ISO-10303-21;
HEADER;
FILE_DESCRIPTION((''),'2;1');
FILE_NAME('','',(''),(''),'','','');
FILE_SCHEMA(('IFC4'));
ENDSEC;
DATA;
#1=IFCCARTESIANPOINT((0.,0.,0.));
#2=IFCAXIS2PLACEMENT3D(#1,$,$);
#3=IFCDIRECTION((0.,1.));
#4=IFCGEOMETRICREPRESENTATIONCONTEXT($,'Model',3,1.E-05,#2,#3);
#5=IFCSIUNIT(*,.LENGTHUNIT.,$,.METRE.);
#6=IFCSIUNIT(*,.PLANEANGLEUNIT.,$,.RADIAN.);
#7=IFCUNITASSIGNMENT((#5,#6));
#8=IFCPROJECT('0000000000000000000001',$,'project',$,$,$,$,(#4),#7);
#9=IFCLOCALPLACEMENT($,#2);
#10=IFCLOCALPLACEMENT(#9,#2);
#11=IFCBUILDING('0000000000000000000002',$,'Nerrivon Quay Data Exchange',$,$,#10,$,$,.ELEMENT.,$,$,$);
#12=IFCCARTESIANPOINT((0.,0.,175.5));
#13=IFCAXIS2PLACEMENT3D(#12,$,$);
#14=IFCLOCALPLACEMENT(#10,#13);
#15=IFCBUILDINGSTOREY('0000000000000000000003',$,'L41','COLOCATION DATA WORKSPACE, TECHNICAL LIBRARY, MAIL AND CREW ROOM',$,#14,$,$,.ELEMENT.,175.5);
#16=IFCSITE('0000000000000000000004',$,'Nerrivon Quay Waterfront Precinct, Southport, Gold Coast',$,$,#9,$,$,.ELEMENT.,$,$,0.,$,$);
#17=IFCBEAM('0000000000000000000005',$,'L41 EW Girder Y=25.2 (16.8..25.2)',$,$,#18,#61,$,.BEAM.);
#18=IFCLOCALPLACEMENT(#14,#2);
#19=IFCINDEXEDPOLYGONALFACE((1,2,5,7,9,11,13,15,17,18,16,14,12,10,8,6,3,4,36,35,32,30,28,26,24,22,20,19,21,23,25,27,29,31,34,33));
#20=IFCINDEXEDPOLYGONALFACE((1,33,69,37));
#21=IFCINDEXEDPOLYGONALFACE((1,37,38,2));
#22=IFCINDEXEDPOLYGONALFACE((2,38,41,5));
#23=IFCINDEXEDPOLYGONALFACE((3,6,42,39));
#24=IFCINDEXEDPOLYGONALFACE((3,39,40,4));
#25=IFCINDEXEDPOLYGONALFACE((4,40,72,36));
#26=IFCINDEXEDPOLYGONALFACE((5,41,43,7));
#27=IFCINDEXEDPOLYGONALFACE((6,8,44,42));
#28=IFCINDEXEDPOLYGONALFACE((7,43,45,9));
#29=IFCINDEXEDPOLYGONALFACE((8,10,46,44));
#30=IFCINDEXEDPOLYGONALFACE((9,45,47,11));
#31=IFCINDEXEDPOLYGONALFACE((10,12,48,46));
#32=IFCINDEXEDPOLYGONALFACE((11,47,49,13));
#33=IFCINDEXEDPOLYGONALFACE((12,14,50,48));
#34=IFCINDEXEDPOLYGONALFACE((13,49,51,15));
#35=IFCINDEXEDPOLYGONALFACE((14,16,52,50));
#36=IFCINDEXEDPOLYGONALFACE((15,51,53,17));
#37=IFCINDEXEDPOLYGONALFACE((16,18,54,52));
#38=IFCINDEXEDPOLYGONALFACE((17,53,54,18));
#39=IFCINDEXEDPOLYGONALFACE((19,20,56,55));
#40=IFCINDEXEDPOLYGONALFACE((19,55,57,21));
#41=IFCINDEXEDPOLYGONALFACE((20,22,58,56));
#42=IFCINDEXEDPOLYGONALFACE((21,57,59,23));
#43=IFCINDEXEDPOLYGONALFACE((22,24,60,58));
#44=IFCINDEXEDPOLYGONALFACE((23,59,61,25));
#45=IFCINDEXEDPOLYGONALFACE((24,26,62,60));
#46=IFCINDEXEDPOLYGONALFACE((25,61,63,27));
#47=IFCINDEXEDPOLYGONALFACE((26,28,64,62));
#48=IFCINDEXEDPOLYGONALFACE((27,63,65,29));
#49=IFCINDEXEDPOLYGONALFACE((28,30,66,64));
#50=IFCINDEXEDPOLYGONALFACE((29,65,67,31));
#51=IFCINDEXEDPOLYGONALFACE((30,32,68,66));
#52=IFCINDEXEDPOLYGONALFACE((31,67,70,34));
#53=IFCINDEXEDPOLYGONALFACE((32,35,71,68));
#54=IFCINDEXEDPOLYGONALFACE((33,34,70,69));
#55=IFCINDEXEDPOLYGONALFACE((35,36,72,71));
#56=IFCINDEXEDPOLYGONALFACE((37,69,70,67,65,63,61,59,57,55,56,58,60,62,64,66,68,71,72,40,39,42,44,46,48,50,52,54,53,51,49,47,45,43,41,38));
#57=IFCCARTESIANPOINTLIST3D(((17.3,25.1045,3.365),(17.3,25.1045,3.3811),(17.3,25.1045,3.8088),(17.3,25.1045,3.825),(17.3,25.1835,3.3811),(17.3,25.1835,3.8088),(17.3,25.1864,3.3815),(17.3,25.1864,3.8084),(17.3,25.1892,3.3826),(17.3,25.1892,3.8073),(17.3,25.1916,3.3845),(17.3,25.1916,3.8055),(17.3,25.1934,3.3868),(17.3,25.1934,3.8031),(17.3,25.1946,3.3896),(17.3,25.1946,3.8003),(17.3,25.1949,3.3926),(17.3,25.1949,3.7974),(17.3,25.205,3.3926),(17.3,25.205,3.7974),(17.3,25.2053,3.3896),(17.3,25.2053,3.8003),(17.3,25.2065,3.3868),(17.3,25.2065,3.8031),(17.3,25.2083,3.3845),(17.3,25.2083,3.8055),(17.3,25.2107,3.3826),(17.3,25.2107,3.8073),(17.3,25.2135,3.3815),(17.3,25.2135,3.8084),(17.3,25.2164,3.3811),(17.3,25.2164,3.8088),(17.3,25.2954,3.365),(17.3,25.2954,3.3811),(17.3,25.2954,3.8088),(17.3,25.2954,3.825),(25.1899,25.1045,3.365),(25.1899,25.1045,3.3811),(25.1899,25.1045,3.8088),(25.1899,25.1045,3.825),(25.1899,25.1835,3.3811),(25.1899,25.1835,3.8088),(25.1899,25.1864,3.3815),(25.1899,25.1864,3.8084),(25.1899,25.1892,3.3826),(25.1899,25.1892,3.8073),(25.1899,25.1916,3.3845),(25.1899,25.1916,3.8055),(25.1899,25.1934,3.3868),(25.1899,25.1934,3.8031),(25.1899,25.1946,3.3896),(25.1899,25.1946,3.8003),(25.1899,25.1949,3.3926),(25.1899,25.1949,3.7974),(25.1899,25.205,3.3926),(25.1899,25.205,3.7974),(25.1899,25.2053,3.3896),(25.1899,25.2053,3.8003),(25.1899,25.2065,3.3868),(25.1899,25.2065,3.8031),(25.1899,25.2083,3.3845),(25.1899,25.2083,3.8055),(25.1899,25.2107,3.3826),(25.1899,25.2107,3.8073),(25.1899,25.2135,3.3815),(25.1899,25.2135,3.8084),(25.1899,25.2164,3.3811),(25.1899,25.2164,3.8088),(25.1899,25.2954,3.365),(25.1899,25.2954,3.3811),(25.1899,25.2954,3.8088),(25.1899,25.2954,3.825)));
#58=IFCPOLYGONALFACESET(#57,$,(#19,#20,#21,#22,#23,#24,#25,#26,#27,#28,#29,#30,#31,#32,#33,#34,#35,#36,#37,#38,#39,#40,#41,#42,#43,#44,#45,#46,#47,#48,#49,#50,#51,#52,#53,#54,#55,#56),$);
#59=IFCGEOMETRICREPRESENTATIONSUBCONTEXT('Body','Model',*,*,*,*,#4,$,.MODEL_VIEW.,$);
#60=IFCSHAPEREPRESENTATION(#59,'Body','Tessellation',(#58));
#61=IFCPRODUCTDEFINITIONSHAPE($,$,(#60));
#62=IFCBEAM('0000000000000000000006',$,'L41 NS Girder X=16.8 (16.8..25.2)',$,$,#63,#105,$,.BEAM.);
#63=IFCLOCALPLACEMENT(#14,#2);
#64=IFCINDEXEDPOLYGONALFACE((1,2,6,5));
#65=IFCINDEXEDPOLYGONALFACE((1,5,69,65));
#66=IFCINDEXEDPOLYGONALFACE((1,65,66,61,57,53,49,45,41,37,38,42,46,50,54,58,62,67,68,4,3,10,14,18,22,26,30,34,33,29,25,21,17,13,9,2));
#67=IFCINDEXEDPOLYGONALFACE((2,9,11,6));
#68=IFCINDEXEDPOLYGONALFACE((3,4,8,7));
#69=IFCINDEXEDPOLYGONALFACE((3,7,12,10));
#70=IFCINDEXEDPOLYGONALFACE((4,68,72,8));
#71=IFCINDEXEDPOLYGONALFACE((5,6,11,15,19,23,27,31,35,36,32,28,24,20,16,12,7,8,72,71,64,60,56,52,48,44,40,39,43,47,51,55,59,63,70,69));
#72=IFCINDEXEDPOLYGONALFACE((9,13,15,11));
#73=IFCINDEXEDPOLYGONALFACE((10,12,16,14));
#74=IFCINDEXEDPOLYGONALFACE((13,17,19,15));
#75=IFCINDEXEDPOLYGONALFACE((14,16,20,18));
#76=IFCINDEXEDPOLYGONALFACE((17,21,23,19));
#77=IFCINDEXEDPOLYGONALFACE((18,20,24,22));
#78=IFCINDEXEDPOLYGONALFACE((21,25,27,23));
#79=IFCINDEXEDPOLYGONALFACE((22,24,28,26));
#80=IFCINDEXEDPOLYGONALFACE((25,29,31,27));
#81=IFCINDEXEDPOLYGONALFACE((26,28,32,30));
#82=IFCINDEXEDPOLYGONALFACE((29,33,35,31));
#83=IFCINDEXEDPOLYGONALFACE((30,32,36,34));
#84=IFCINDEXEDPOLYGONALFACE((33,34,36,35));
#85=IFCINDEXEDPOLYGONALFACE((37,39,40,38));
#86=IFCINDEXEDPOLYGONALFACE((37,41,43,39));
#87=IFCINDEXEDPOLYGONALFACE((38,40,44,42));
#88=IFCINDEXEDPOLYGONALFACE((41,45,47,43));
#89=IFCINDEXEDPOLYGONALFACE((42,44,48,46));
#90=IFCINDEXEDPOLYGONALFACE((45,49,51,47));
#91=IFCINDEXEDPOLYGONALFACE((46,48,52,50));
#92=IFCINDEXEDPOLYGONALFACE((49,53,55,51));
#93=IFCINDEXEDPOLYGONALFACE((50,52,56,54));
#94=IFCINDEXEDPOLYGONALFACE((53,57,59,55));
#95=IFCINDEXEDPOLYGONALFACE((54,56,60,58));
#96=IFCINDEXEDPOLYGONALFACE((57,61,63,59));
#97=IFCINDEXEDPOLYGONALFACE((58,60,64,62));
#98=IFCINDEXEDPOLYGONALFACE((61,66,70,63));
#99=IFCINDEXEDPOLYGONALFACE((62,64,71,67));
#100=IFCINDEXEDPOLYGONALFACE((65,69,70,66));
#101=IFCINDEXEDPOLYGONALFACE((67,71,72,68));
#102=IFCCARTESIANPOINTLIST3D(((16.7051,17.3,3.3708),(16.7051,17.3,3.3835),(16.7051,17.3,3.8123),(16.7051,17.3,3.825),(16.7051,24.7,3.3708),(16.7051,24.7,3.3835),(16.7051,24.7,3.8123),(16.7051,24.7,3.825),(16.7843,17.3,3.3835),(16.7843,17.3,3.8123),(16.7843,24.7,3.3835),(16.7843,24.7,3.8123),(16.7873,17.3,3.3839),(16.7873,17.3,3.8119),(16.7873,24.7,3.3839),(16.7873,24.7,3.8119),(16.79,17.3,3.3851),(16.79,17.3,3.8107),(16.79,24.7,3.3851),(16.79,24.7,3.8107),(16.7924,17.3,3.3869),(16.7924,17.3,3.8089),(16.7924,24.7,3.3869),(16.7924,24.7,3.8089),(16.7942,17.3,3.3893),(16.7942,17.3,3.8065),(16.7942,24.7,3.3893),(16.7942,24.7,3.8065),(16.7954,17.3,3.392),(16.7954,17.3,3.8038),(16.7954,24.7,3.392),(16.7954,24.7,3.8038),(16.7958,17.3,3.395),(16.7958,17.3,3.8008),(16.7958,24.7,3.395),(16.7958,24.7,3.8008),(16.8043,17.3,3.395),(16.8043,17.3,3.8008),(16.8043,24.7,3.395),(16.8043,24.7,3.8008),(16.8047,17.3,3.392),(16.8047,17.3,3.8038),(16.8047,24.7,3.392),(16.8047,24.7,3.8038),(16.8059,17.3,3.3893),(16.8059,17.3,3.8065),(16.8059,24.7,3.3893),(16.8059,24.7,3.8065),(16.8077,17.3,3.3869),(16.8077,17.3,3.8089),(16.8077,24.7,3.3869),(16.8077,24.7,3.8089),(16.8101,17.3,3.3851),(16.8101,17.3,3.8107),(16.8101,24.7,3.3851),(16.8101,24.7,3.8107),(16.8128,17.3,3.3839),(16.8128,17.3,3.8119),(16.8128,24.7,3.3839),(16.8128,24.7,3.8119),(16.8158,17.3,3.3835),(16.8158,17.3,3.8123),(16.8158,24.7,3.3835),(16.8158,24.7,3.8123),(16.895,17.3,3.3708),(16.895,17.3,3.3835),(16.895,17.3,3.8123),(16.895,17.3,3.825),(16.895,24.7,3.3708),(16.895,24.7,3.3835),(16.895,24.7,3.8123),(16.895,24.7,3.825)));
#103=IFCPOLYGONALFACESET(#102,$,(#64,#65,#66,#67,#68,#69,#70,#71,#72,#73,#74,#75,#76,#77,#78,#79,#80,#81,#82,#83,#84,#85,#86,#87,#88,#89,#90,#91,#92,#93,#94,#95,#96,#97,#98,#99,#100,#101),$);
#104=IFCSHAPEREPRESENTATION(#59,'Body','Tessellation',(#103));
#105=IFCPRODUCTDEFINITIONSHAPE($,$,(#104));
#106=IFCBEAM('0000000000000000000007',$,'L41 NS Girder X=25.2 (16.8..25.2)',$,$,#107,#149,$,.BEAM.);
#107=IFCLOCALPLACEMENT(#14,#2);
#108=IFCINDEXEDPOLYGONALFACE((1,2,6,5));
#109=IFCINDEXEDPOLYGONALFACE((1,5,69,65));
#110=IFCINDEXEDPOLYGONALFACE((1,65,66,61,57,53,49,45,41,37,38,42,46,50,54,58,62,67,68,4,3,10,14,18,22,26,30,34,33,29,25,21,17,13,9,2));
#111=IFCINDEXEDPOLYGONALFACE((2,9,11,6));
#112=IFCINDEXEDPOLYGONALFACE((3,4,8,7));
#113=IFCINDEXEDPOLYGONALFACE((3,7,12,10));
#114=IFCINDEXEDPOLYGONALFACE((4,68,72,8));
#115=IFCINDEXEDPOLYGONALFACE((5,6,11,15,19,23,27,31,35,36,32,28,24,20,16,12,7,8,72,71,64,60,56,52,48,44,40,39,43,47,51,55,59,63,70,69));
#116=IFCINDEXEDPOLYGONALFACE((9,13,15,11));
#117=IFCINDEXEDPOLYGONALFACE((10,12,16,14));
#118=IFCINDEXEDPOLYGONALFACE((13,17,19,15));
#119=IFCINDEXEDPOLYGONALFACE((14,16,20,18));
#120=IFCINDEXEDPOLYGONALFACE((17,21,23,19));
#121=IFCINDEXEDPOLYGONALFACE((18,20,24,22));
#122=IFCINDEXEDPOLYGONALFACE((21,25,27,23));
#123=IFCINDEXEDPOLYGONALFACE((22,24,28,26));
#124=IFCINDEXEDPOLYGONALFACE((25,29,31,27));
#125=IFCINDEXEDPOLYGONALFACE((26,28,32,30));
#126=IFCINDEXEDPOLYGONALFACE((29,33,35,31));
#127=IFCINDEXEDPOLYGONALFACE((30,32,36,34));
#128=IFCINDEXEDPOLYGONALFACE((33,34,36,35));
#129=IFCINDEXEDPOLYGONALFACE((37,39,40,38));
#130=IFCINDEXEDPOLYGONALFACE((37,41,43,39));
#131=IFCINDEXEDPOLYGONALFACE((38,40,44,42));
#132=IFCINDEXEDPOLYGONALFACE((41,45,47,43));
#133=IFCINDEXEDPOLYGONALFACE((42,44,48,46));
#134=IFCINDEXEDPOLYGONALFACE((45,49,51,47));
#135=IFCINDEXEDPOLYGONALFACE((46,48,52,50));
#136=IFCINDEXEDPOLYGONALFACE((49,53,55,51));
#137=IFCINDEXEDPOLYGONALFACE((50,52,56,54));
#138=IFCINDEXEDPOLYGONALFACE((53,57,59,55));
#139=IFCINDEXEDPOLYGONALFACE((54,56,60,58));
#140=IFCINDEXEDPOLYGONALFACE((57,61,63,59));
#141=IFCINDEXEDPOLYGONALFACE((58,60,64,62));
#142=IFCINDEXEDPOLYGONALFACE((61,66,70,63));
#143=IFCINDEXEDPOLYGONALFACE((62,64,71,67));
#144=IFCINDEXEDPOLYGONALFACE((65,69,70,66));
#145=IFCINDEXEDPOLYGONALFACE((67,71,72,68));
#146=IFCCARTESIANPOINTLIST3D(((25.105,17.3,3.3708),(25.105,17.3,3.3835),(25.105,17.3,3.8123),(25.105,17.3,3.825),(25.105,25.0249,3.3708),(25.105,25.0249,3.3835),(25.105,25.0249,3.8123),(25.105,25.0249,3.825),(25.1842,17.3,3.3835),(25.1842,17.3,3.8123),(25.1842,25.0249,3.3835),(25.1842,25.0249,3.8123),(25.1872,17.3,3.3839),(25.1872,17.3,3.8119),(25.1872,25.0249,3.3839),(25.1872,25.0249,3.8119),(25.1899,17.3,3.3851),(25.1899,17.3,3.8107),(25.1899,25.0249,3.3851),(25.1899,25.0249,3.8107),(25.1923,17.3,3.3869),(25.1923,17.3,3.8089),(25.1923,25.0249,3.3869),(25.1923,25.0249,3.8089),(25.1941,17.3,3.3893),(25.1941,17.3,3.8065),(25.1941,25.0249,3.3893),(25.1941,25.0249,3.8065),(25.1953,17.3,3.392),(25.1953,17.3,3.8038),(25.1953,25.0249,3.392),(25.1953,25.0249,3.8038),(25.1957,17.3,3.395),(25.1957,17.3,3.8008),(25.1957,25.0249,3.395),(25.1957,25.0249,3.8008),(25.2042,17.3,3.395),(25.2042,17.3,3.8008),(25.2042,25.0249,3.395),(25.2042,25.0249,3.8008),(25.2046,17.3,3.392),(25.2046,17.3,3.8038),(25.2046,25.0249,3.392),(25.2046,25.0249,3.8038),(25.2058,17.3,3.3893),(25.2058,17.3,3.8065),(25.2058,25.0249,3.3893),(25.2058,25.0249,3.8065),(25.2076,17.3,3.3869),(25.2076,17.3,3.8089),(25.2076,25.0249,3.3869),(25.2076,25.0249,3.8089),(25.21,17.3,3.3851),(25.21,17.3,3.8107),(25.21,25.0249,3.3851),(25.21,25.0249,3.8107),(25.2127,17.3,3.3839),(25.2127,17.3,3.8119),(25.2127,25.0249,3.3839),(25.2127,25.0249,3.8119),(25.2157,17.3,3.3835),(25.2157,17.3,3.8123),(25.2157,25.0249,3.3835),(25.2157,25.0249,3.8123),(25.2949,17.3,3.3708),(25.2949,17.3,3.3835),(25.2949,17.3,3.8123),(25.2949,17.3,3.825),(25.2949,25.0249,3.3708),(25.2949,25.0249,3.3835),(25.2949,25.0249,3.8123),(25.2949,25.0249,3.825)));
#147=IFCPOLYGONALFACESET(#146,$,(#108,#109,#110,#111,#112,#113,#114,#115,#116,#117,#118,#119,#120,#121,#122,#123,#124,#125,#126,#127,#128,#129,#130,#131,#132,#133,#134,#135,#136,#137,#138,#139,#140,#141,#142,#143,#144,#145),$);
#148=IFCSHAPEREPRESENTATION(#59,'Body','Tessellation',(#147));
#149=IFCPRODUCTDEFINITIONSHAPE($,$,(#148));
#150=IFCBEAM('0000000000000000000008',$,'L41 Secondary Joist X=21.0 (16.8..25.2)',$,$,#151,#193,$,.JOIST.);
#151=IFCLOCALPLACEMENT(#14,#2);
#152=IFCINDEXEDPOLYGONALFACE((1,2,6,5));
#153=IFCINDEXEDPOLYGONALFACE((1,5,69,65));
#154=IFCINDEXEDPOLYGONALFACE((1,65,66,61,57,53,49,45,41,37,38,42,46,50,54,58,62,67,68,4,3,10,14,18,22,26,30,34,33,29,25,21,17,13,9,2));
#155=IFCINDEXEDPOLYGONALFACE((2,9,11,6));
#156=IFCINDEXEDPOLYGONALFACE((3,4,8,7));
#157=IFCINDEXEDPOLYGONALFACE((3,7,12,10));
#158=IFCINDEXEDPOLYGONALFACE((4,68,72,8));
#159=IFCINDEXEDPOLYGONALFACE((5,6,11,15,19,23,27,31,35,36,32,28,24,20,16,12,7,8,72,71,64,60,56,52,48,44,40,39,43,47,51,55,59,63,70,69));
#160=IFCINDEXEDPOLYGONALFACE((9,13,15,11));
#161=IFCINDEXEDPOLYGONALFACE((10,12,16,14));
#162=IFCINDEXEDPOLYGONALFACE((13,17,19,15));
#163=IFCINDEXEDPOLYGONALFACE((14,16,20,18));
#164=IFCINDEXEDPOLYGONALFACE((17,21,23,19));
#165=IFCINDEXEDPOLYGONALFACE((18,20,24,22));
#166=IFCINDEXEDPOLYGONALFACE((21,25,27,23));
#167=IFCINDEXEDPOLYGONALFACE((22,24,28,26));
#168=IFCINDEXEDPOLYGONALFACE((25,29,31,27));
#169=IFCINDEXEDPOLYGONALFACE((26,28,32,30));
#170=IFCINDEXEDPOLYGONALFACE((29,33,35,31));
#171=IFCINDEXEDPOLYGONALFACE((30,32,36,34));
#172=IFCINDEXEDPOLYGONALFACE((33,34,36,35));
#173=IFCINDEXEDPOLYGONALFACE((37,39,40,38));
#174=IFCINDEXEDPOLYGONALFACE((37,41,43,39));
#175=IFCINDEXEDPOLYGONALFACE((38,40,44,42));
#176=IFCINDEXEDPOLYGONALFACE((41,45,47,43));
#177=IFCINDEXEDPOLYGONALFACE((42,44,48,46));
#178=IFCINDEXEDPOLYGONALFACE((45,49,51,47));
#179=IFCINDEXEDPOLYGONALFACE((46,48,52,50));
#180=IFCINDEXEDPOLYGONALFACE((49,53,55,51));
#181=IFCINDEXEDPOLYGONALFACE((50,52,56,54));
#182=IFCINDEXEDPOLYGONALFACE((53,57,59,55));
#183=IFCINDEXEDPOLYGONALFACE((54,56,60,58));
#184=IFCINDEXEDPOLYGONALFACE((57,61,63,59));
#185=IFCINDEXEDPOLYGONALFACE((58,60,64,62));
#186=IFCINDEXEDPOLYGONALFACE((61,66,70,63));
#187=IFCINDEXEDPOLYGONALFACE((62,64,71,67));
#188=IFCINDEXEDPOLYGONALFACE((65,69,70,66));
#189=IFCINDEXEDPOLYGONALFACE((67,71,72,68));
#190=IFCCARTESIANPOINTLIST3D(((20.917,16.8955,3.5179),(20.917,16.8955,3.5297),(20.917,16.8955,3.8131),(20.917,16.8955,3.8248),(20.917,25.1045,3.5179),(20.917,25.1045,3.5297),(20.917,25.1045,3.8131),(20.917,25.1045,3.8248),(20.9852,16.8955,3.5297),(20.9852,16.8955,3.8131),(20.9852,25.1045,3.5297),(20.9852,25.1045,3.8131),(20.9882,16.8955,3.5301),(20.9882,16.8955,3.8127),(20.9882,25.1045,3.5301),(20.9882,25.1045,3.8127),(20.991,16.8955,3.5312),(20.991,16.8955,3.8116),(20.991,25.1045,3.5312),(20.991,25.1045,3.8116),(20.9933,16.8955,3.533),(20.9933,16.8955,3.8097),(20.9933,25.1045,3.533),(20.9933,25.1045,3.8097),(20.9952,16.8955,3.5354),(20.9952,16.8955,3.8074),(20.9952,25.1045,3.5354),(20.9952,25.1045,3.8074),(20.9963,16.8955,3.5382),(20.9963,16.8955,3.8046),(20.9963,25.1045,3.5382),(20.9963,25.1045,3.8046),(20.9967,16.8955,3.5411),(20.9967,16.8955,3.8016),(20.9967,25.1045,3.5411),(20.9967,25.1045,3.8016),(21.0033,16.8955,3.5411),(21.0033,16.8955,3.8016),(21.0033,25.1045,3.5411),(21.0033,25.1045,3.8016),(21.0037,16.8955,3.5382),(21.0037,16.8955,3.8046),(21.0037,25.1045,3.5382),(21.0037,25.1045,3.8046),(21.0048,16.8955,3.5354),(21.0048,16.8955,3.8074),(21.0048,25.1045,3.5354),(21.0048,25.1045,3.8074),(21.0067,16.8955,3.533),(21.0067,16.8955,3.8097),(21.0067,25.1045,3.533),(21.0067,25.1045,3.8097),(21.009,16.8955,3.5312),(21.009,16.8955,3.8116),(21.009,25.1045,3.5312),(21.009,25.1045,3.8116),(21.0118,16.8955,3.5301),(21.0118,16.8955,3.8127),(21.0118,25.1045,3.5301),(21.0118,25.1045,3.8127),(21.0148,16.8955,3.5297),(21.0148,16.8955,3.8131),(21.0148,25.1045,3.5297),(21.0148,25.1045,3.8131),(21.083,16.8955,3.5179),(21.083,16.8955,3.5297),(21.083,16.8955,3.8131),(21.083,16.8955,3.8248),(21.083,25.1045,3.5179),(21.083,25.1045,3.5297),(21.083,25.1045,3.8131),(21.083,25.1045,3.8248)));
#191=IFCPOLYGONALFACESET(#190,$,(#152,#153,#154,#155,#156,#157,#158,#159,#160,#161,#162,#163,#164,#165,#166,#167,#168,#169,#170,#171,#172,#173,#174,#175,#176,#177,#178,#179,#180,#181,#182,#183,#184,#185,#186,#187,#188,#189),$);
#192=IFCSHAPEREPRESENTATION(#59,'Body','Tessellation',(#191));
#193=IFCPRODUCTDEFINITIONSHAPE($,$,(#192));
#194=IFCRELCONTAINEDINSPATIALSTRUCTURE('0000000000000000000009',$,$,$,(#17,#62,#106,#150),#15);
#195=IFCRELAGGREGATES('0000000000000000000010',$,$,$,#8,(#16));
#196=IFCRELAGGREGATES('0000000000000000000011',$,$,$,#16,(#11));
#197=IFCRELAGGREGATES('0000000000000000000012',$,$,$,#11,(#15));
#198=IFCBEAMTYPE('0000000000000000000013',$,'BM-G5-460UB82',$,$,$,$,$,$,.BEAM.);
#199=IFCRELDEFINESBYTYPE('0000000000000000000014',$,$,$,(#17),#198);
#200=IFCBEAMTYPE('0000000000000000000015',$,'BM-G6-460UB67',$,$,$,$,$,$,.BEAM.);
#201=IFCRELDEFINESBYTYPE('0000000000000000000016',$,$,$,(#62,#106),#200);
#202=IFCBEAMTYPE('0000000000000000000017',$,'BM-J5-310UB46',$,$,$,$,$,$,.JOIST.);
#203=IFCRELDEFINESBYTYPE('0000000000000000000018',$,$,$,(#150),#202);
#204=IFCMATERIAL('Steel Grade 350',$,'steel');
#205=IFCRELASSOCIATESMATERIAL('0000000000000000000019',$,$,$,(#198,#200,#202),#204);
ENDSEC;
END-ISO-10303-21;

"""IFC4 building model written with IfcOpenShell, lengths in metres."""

from ifc_helpers import new_model, si_unit, direction, frame, origin, origin_2d, place, context, subcontext, project, spatial, i_section, extrude, material, material_profile, profile_set, type_object, element, save


model = new_model("IFC4")

# Units and contexts
model_context = context("Model", 3, precision=1e-05, world=origin(), true_north=direction((0.0, 1.0)))
body_context = subcontext(model_context, "Body", "Model", "MODEL_VIEW")
ifc_project = project(units=[si_unit("LENGTHUNIT", "METRE"), si_unit("PLANEANGLEUNIT", "RADIAN")], contexts=[model_context])

# Site, building, storey
site_placement = place(None, origin())
site = spatial("IfcSite", under=ifc_project, at=site_placement, Name="Nerrivon Quay Waterfront Precinct, Southport, Gold Coast", CompositionType="ELEMENT", RefElevation=0.0)
building_placement = place(site_placement, origin())
building = spatial("IfcBuilding", under=site, at=building_placement, Name="Nerrivon Quay Data Exchange", CompositionType="ELEMENT")
storey_placement = place(building_placement, frame((0.0, 0.0, 175.5)))
storey = spatial("IfcBuildingStorey", under=building, at=storey_placement, Name="L41", Description="COLOCATION DATA WORKSPACE, TECHNICAL LIBRARY, MAIL AND CREW ROOM", CompositionType="ELEMENT", Elevation=175.5)

# Shared definitions
ifc_material_1 = material(Name="Steel Grade 350", Category="steel")

# Beams
ifc_material_profile_1 = material_profile(ifc_material_1, i_section(OverallWidth=0.1909, OverallDepth=0.46, WebThickness=0.01, FlangeThickness=0.0161, FilletRadius=0.0115, at=origin_2d()), Name="460UB82.1")
ifc_profile_set_1 = profile_set([ifc_material_profile_1], Name="Steel Grade 350")
beam_type_1 = type_object("IfcBeamType", Name="BM-G5-460UB82", PredefinedType="BEAM", material=ifc_profile_set_1)
beam_1_placement = place(storey_placement, frame((17.3, 25.2, 3.595), z_axis=(1.0, 0.0, 0.0), x_axis=(0.0, 1.0, 0.0)))
element("IfcBeam", 1, at=beam_1_placement, inside=storey, type_object=beam_type_1, Name="L41 EW Girder Y=25.2 (16.8..25.2)", PredefinedType="BEAM", context=body_context, shape_type="SweptSolid", body=[
    extrude(i_section(OverallWidth=0.1909, OverallDepth=0.46, WebThickness=0.01, FlangeThickness=0.0161, FilletRadius=0.0115, at=origin_2d()), origin(), (0.0, 0.0, 1.0), 7.8899),
])
ifc_material_profile_2 = material_profile(ifc_material_1, i_section(OverallWidth=0.1899, OverallDepth=0.4541, WebThickness=0.0085, FlangeThickness=0.0127, FilletRadius=0.0115, at=origin_2d()), Name="460UB67.1")
ifc_profile_set_2 = profile_set([ifc_material_profile_2], Name="Steel Grade 350")
beam_type_2 = type_object("IfcBeamType", Name="BM-G6-460UB67", PredefinedType="BEAM", material=ifc_profile_set_2)
beam_2_placement = place(storey_placement, frame((16.8, 17.3, 3.5979), z_axis=(0.0, 1.0, 0.0), x_axis=(-1.0, 0.0, 0.0)))
element("IfcBeam", 2, at=beam_2_placement, inside=storey, type_object=beam_type_2, Name="L41 NS Girder X=16.8 (16.8..25.2)", PredefinedType="BEAM", context=body_context, shape_type="SweptSolid", body=[
    extrude(i_section(OverallWidth=0.1899, OverallDepth=0.4541, WebThickness=0.0085, FlangeThickness=0.0127, FilletRadius=0.0115, at=origin_2d()), origin(), (0.0, 0.0, 1.0), 7.3999),
])
beam_3_placement = place(storey_placement, frame((25.2, 17.3, 3.5979), z_axis=(0.0, 1.0, 0.0), x_axis=(-1.0, 0.0, 0.0)))
element("IfcBeam", 3, at=beam_3_placement, inside=storey, type_object=beam_type_2, Name="L41 NS Girder X=25.2 (16.8..25.2)", PredefinedType="BEAM", context=body_context, shape_type="SweptSolid", body=[
    extrude(i_section(OverallWidth=0.1899, OverallDepth=0.4541, WebThickness=0.0085, FlangeThickness=0.0127, FilletRadius=0.0115, at=origin_2d()), origin(), (0.0, 0.0, 1.0), 7.7249),
])
ifc_material_profile_3 = material_profile(ifc_material_1, i_section(OverallWidth=0.166, OverallDepth=0.3069, WebThickness=0.0066, FlangeThickness=0.0117, FilletRadius=0.0115, at=origin_2d()), Name="310UB46.2")
ifc_profile_set_3 = profile_set([ifc_material_profile_3], Name="Steel Grade 350")
beam_type_3 = type_object("IfcBeamType", Name="BM-J5-310UB46", PredefinedType="JOIST", material=ifc_profile_set_3)
for number, where, z_axis, x_axis, name in (
    (4, (21.0, 16.8955, 3.6714), (0.0, 1.0, 0.0), (-1.0, 0.0, 0.0), "L41 Secondary Joist X=21.0 (16.8..25.2)"),
):
    element("IfcBeam", number, at=place(storey_placement, frame(where, z_axis=z_axis, x_axis=x_axis)), inside=storey, type_object=beam_type_3, Name=name, PredefinedType="JOIST", context=body_context, shape_type="SweptSolid", body=[
        extrude(i_section(OverallWidth=0.166, OverallDepth=0.3069, WebThickness=0.0066, FlangeThickness=0.0117, FilletRadius=0.0115, at=origin_2d()), origin(), (0.0, 0.0, 1.0), 8.209),
    ])

save(model, "model.ifc")
